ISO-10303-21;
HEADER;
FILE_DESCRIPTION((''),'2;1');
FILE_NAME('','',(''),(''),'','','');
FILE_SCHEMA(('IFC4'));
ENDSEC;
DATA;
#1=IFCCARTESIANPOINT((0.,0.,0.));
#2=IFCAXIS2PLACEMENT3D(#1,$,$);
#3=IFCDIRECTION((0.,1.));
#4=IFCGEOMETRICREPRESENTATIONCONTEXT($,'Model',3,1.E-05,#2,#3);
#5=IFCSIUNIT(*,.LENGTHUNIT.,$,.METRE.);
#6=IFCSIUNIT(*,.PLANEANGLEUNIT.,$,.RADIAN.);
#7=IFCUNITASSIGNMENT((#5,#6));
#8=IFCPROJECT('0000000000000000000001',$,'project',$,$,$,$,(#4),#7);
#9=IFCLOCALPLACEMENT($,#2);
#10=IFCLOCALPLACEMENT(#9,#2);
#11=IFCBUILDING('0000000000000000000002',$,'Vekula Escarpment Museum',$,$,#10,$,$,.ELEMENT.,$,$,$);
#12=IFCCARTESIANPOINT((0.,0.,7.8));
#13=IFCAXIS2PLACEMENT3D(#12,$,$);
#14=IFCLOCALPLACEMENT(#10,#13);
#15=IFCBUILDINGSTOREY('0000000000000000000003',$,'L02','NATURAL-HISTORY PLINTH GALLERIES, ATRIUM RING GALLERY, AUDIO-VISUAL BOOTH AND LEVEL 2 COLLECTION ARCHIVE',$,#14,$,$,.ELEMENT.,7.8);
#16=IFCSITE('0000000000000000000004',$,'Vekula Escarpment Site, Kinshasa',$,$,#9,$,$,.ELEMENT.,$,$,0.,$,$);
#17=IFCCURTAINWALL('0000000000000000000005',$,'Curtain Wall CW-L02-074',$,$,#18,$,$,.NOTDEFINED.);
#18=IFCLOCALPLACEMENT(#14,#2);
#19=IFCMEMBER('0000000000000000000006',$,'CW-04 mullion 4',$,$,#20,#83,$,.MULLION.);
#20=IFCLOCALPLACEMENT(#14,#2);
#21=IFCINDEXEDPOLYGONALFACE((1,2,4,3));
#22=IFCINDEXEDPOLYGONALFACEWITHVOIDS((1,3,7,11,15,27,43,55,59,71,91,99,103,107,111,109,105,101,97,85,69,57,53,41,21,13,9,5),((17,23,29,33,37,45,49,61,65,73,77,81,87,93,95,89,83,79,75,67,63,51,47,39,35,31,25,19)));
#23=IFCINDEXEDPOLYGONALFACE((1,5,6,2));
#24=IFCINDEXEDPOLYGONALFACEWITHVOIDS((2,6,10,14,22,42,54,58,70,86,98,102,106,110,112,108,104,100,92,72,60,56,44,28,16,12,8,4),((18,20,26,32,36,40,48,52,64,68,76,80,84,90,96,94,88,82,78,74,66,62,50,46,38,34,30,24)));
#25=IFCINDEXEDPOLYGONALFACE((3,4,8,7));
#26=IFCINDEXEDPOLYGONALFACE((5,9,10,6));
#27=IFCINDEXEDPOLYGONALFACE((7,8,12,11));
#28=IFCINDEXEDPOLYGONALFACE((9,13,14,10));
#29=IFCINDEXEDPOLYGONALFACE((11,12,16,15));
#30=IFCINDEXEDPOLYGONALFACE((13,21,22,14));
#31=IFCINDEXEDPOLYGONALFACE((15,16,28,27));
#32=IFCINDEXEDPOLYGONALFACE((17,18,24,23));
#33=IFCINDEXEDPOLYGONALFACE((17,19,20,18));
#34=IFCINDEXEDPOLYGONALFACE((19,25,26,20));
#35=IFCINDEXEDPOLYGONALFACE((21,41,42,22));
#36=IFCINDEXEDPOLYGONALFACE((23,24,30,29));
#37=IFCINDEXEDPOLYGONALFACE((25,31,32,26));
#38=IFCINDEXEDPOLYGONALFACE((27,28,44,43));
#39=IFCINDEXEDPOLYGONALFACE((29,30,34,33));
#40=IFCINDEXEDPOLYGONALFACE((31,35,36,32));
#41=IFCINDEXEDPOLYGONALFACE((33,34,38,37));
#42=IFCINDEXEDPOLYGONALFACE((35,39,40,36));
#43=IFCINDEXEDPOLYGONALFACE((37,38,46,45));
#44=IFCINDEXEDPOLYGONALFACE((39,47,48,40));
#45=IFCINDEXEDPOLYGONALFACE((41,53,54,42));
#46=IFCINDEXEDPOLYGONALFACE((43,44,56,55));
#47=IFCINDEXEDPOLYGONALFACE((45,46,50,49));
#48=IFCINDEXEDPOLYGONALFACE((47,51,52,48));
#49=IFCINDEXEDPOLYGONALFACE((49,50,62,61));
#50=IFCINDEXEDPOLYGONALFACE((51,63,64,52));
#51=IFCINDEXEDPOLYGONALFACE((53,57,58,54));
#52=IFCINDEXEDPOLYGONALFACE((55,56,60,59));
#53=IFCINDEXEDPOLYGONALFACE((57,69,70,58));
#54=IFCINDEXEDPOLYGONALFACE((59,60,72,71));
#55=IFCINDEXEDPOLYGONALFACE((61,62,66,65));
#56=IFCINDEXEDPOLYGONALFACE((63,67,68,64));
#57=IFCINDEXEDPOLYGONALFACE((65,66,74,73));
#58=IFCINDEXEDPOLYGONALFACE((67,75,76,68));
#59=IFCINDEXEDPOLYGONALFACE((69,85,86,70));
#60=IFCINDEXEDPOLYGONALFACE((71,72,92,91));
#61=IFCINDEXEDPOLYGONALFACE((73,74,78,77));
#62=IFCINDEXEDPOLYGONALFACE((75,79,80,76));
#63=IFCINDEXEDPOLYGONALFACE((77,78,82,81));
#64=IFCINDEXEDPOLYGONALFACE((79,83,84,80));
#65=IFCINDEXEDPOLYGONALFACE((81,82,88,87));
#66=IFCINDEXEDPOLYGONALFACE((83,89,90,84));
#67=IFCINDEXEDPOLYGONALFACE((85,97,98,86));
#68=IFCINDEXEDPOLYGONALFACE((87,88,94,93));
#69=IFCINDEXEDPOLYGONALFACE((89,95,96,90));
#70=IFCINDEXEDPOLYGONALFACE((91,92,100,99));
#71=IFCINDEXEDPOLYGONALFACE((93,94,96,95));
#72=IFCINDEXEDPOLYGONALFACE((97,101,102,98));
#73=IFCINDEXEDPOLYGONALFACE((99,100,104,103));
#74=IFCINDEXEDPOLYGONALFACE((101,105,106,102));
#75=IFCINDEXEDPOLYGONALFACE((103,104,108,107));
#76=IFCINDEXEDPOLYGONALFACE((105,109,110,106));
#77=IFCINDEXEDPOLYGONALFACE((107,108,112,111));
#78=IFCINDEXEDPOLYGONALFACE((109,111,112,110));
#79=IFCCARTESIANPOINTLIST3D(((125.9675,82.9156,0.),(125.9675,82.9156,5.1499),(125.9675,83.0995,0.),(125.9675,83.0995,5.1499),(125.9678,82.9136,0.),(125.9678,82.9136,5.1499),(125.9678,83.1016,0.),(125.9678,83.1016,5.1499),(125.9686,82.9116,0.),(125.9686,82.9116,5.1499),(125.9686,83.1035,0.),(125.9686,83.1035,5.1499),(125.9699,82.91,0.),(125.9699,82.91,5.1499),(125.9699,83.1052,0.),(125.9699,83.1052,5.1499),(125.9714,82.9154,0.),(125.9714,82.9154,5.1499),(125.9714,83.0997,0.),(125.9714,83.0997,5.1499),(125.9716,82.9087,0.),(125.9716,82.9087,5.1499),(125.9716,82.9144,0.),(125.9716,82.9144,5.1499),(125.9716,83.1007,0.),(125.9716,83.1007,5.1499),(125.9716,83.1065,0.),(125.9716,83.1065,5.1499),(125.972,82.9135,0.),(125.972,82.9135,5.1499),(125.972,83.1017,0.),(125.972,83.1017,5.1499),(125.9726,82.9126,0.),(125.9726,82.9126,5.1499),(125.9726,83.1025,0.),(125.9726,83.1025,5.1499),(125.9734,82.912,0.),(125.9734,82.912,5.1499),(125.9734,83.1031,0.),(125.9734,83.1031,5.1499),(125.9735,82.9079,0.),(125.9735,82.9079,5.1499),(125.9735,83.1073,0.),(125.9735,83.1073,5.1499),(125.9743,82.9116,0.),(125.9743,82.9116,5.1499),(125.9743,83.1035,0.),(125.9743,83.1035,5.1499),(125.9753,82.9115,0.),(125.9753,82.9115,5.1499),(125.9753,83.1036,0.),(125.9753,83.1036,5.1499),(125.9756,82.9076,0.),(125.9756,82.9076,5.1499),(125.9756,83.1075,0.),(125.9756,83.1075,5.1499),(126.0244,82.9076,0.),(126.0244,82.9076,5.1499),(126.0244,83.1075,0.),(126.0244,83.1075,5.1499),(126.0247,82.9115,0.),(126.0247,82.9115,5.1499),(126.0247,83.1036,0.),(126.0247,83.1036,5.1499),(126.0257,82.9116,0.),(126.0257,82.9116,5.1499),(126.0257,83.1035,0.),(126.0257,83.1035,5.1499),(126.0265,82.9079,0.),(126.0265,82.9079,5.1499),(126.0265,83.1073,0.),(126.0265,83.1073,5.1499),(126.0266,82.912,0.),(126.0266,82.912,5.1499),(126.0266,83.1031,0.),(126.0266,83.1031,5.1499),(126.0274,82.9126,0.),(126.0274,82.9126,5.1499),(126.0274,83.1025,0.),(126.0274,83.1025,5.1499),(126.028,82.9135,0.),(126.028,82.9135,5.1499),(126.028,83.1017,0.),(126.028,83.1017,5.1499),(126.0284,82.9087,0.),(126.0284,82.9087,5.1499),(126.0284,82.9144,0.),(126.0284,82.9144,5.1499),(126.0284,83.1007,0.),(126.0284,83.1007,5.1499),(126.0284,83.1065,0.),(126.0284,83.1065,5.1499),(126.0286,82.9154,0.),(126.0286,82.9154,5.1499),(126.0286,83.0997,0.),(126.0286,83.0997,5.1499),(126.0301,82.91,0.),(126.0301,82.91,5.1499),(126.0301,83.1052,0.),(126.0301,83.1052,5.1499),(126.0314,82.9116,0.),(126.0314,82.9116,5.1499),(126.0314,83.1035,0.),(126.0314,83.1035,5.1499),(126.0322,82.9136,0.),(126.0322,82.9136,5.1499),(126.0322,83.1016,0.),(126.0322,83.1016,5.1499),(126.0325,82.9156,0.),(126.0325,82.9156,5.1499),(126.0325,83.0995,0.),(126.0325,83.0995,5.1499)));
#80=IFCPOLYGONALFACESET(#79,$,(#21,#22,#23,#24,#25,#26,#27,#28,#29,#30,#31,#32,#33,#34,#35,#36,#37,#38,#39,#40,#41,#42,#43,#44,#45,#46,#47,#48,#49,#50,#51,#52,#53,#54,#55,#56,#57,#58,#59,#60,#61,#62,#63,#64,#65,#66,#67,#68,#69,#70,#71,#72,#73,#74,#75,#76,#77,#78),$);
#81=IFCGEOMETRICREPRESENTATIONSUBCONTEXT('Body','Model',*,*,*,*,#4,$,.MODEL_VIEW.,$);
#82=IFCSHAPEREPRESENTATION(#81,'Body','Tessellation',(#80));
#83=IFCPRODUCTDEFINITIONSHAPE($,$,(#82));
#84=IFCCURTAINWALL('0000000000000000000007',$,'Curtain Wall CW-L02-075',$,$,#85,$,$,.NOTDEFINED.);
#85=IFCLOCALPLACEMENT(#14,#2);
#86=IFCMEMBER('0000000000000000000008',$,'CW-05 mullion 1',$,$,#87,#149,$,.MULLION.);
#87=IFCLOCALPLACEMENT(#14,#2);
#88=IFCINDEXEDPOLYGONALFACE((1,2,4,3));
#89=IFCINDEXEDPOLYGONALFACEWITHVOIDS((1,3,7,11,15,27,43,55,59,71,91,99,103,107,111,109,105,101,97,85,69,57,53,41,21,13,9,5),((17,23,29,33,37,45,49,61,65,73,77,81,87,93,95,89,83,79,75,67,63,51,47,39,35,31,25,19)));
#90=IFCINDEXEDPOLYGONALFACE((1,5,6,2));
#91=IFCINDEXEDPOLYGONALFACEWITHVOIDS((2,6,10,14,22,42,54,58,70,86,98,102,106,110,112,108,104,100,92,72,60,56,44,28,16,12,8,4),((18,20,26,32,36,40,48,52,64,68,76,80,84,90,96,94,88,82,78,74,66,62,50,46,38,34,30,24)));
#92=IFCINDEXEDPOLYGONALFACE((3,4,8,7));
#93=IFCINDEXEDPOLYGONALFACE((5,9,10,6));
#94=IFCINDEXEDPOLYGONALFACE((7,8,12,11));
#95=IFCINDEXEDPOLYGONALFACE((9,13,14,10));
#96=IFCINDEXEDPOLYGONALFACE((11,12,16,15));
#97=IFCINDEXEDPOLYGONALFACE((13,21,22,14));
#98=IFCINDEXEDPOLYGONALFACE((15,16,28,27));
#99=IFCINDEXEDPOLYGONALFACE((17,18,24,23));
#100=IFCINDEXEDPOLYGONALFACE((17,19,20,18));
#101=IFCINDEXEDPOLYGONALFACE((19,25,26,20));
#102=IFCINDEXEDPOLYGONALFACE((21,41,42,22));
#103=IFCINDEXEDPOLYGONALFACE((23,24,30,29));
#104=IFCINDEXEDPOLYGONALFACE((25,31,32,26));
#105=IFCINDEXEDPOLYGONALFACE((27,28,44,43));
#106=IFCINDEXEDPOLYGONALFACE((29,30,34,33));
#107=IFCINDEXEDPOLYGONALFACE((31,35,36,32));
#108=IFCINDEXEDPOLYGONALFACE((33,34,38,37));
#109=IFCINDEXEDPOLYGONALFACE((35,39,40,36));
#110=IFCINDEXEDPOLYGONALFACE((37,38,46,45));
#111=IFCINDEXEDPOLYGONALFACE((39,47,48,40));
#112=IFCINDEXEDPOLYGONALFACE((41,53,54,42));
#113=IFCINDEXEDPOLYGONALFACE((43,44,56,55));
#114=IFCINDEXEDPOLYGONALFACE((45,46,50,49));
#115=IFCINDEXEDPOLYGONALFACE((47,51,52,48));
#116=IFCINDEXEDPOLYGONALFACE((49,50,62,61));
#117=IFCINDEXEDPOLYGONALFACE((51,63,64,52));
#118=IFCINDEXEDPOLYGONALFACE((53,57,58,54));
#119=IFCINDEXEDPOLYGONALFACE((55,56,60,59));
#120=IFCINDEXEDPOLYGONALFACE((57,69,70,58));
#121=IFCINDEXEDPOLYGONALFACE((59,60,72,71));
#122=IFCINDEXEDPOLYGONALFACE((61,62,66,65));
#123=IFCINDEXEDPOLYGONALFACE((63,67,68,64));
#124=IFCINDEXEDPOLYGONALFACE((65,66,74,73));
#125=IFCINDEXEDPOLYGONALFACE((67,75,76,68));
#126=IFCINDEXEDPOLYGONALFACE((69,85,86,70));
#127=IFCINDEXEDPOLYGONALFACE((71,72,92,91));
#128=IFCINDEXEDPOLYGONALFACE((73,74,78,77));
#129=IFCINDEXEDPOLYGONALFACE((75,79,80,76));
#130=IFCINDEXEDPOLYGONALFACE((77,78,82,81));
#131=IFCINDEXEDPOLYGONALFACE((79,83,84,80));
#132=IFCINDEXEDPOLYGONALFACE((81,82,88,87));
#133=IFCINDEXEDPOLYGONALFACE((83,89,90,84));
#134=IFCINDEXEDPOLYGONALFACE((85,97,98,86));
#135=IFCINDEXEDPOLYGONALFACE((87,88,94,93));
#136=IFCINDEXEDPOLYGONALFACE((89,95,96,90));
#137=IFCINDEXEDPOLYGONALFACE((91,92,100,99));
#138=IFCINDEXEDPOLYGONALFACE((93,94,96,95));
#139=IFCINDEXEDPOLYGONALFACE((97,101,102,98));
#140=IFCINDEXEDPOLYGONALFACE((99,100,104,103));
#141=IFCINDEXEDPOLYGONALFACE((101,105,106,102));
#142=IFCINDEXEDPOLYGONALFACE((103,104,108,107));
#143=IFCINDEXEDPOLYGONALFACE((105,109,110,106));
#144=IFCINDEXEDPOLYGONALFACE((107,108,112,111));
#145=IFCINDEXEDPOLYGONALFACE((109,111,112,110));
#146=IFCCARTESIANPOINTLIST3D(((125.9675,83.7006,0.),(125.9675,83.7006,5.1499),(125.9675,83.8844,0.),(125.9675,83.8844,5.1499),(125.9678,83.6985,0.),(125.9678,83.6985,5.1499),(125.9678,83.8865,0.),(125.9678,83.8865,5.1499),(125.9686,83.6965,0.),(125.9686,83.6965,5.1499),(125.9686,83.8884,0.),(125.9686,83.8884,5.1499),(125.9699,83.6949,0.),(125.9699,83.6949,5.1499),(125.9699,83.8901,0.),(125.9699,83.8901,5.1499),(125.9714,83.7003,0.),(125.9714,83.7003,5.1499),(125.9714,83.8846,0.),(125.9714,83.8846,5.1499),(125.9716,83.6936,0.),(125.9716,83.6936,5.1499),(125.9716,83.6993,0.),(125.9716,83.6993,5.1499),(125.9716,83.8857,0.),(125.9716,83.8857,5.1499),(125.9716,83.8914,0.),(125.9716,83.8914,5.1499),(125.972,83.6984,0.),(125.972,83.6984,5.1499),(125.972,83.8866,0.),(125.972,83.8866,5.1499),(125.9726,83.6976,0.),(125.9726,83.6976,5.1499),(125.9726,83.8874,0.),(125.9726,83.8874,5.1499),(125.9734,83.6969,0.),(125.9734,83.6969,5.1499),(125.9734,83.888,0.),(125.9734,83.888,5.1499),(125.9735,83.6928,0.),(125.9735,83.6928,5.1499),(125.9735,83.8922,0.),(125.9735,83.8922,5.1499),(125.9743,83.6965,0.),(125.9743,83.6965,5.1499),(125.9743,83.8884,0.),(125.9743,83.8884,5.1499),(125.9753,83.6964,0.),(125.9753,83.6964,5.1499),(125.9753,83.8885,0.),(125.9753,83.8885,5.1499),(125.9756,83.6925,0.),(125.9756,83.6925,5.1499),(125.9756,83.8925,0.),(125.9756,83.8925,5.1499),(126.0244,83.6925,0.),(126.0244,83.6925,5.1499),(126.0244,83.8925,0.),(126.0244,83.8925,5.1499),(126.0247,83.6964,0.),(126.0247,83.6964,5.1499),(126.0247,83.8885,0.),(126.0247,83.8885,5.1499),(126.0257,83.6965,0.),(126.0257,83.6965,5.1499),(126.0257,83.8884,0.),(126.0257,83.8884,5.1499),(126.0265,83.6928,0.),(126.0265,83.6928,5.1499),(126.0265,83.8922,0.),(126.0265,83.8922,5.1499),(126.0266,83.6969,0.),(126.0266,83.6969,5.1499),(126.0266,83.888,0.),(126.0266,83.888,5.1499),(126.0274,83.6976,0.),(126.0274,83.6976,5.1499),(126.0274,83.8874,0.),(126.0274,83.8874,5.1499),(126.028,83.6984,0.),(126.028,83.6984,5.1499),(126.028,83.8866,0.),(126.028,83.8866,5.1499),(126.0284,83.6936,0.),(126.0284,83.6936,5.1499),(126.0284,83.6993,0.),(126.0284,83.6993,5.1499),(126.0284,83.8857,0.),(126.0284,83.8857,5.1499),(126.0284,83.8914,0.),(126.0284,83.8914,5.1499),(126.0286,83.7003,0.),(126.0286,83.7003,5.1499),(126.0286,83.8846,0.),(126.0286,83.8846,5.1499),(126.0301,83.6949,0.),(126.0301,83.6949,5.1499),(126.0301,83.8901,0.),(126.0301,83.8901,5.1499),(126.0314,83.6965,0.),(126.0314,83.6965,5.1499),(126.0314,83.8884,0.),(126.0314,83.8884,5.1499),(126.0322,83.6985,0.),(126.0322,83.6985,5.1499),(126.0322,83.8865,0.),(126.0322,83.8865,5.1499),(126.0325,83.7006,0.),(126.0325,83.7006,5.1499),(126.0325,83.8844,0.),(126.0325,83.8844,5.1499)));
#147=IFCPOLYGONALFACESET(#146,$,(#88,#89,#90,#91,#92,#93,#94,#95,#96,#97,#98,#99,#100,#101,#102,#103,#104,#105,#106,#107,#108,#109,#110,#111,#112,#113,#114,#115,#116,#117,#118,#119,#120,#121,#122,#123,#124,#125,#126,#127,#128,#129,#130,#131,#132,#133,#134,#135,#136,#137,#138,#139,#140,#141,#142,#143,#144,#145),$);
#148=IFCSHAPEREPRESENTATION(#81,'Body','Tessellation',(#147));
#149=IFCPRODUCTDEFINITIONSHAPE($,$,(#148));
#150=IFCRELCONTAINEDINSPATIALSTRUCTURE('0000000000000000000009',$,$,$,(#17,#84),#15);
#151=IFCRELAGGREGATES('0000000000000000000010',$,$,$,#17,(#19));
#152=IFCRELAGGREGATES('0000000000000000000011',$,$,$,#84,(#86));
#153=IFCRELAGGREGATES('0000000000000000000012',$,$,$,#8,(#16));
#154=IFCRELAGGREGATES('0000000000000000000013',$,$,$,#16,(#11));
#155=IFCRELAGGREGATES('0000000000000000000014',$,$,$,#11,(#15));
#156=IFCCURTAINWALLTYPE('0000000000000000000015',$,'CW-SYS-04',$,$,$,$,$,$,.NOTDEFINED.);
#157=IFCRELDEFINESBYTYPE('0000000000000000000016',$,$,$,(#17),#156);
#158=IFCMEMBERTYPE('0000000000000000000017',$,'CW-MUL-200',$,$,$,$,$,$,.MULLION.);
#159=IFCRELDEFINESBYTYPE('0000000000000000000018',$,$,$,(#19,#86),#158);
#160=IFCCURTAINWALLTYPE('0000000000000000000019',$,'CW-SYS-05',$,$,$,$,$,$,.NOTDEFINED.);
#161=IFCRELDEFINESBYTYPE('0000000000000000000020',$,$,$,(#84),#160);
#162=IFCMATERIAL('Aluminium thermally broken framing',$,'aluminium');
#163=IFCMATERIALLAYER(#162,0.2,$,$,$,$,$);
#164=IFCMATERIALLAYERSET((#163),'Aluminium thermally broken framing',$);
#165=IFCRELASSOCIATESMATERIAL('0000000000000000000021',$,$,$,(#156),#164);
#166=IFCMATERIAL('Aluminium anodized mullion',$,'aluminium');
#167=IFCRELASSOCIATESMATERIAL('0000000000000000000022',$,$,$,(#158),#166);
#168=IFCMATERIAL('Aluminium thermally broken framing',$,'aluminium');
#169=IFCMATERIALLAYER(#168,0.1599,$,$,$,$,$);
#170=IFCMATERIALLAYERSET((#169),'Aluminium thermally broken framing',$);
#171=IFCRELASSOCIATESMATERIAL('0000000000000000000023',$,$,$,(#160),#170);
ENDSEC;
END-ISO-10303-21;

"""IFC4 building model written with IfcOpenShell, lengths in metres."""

from ifc_helpers import new_model, si_unit, direction, frame, origin, origin_2d, place, context, subcontext, project, spatial, hollow_rectangle, extrude, material, layer, layer_set, material_profile, profile_set, type_object, element, aggregate, save


model = new_model("IFC4")

# Units and contexts
model_context = context("Model", 3, precision=1e-05, world=origin(), true_north=direction((0.0, 1.0)))
body_context = subcontext(model_context, "Body", "Model", "MODEL_VIEW")
ifc_project = project(units=[si_unit("LENGTHUNIT", "METRE"), si_unit("PLANEANGLEUNIT", "RADIAN")], contexts=[model_context])

# Site, building, storey
site_placement = place(None, origin())
site = spatial("IfcSite", under=ifc_project, at=site_placement, Name="Vekula Escarpment Site, Kinshasa", CompositionType="ELEMENT", RefElevation=0.0)
building_placement = place(site_placement, origin())
building = spatial("IfcBuilding", under=site, at=building_placement, Name="Vekula Escarpment Museum", CompositionType="ELEMENT")
storey_placement = place(building_placement, frame((0.0, 0.0, 7.8)))
storey = spatial("IfcBuildingStorey", under=building, at=storey_placement, Name="L02", Description="NATURAL-HISTORY PLINTH GALLERIES, ATRIUM RING GALLERY, AUDIO-VISUAL BOOTH AND LEVEL 2 COLLECTION ARCHIVE", CompositionType="ELEMENT", Elevation=7.8)

# Curtain wall, member
ifc_material_1 = material(Name="Aluminium thermally broken framing", Category="aluminium")
ifc_layer_1 = layer(ifc_material_1, 0.2)
ifc_layer_set_1 = layer_set([ifc_layer_1], Name="Aluminium thermally broken framing")
curtain_wall_type_1 = type_object("IfcCurtainWallType", Name="CW-SYS-04", PredefinedType="NOTDEFINED", material=ifc_layer_set_1)
curtain_wall_1_placement = place(storey_placement, origin())
curtain_wall_1 = element("IfcCurtainWall", 1, at=curtain_wall_1_placement, inside=storey, type_object=curtain_wall_type_1, Name="Curtain Wall CW-L02-074", PredefinedType="NOTDEFINED")
ifc_material_2 = material(Name="Aluminium anodized mullion", Category="aluminium")
ifc_material_profile_1 = material_profile(ifc_material_2, hollow_rectangle(XDim=0.0649, YDim=0.2, WallThickness=0.0039, InnerFilletRadius=0.0039, OuterFilletRadius=0.0081, at=origin_2d()), Name="ALU 200x65x4")
ifc_profile_set_1 = profile_set([ifc_material_profile_1], Name="Aluminium anodized mullion")
member_type_1 = type_object("IfcMemberType", Name="CW-MUL-200", PredefinedType="MULLION", material=ifc_profile_set_1)
member_1_placement = place(storey_placement, frame((126.0, 83.0076, 0.0), z_axis=(0.0, 0.0, 1.0), x_axis=(-1.0, 0.0, 0.0)))
member_1 = element("IfcMember", 2, at=member_1_placement, type_object=member_type_1, Name="CW-04 mullion 4", PredefinedType="MULLION", context=body_context, shape_type="SweptSolid", body=[
    extrude(hollow_rectangle(XDim=0.0649, YDim=0.2, WallThickness=0.0039, InnerFilletRadius=0.0039, OuterFilletRadius=0.0081, at=origin_2d()), origin(), (0.0, 0.0, 1.0), 5.1499),
])

# Curtain wall, member
ifc_material_3 = material(Name="Aluminium thermally broken framing", Category="aluminium")
ifc_layer_2 = layer(ifc_material_3, 0.1599)
ifc_layer_set_2 = layer_set([ifc_layer_2], Name="Aluminium thermally broken framing")
curtain_wall_type_2 = type_object("IfcCurtainWallType", Name="CW-SYS-05", PredefinedType="NOTDEFINED", material=ifc_layer_set_2)
curtain_wall_2_placement = place(storey_placement, origin())
curtain_wall_2 = element("IfcCurtainWall", 3, at=curtain_wall_2_placement, inside=storey, type_object=curtain_wall_type_2, Name="Curtain Wall CW-L02-075", PredefinedType="NOTDEFINED")
member_2_placement = place(storey_placement, frame((126.0, 83.7925, 0.0), z_axis=(0.0, 0.0, 1.0), x_axis=(-1.0, 0.0, 0.0)))
member_2 = element("IfcMember", 4, at=member_2_placement, type_object=member_type_1, Name="CW-05 mullion 1", PredefinedType="MULLION", context=body_context, shape_type="SweptSolid", body=[
    extrude(hollow_rectangle(XDim=0.0649, YDim=0.2, WallThickness=0.0039, InnerFilletRadius=0.0039, OuterFilletRadius=0.0081, at=origin_2d()), origin(), (0.0, 0.0, 1.0), 5.1499),
])

aggregate(curtain_wall_1, [member_1])
aggregate(curtain_wall_2, [member_2])

save(model, "model.ifc")
